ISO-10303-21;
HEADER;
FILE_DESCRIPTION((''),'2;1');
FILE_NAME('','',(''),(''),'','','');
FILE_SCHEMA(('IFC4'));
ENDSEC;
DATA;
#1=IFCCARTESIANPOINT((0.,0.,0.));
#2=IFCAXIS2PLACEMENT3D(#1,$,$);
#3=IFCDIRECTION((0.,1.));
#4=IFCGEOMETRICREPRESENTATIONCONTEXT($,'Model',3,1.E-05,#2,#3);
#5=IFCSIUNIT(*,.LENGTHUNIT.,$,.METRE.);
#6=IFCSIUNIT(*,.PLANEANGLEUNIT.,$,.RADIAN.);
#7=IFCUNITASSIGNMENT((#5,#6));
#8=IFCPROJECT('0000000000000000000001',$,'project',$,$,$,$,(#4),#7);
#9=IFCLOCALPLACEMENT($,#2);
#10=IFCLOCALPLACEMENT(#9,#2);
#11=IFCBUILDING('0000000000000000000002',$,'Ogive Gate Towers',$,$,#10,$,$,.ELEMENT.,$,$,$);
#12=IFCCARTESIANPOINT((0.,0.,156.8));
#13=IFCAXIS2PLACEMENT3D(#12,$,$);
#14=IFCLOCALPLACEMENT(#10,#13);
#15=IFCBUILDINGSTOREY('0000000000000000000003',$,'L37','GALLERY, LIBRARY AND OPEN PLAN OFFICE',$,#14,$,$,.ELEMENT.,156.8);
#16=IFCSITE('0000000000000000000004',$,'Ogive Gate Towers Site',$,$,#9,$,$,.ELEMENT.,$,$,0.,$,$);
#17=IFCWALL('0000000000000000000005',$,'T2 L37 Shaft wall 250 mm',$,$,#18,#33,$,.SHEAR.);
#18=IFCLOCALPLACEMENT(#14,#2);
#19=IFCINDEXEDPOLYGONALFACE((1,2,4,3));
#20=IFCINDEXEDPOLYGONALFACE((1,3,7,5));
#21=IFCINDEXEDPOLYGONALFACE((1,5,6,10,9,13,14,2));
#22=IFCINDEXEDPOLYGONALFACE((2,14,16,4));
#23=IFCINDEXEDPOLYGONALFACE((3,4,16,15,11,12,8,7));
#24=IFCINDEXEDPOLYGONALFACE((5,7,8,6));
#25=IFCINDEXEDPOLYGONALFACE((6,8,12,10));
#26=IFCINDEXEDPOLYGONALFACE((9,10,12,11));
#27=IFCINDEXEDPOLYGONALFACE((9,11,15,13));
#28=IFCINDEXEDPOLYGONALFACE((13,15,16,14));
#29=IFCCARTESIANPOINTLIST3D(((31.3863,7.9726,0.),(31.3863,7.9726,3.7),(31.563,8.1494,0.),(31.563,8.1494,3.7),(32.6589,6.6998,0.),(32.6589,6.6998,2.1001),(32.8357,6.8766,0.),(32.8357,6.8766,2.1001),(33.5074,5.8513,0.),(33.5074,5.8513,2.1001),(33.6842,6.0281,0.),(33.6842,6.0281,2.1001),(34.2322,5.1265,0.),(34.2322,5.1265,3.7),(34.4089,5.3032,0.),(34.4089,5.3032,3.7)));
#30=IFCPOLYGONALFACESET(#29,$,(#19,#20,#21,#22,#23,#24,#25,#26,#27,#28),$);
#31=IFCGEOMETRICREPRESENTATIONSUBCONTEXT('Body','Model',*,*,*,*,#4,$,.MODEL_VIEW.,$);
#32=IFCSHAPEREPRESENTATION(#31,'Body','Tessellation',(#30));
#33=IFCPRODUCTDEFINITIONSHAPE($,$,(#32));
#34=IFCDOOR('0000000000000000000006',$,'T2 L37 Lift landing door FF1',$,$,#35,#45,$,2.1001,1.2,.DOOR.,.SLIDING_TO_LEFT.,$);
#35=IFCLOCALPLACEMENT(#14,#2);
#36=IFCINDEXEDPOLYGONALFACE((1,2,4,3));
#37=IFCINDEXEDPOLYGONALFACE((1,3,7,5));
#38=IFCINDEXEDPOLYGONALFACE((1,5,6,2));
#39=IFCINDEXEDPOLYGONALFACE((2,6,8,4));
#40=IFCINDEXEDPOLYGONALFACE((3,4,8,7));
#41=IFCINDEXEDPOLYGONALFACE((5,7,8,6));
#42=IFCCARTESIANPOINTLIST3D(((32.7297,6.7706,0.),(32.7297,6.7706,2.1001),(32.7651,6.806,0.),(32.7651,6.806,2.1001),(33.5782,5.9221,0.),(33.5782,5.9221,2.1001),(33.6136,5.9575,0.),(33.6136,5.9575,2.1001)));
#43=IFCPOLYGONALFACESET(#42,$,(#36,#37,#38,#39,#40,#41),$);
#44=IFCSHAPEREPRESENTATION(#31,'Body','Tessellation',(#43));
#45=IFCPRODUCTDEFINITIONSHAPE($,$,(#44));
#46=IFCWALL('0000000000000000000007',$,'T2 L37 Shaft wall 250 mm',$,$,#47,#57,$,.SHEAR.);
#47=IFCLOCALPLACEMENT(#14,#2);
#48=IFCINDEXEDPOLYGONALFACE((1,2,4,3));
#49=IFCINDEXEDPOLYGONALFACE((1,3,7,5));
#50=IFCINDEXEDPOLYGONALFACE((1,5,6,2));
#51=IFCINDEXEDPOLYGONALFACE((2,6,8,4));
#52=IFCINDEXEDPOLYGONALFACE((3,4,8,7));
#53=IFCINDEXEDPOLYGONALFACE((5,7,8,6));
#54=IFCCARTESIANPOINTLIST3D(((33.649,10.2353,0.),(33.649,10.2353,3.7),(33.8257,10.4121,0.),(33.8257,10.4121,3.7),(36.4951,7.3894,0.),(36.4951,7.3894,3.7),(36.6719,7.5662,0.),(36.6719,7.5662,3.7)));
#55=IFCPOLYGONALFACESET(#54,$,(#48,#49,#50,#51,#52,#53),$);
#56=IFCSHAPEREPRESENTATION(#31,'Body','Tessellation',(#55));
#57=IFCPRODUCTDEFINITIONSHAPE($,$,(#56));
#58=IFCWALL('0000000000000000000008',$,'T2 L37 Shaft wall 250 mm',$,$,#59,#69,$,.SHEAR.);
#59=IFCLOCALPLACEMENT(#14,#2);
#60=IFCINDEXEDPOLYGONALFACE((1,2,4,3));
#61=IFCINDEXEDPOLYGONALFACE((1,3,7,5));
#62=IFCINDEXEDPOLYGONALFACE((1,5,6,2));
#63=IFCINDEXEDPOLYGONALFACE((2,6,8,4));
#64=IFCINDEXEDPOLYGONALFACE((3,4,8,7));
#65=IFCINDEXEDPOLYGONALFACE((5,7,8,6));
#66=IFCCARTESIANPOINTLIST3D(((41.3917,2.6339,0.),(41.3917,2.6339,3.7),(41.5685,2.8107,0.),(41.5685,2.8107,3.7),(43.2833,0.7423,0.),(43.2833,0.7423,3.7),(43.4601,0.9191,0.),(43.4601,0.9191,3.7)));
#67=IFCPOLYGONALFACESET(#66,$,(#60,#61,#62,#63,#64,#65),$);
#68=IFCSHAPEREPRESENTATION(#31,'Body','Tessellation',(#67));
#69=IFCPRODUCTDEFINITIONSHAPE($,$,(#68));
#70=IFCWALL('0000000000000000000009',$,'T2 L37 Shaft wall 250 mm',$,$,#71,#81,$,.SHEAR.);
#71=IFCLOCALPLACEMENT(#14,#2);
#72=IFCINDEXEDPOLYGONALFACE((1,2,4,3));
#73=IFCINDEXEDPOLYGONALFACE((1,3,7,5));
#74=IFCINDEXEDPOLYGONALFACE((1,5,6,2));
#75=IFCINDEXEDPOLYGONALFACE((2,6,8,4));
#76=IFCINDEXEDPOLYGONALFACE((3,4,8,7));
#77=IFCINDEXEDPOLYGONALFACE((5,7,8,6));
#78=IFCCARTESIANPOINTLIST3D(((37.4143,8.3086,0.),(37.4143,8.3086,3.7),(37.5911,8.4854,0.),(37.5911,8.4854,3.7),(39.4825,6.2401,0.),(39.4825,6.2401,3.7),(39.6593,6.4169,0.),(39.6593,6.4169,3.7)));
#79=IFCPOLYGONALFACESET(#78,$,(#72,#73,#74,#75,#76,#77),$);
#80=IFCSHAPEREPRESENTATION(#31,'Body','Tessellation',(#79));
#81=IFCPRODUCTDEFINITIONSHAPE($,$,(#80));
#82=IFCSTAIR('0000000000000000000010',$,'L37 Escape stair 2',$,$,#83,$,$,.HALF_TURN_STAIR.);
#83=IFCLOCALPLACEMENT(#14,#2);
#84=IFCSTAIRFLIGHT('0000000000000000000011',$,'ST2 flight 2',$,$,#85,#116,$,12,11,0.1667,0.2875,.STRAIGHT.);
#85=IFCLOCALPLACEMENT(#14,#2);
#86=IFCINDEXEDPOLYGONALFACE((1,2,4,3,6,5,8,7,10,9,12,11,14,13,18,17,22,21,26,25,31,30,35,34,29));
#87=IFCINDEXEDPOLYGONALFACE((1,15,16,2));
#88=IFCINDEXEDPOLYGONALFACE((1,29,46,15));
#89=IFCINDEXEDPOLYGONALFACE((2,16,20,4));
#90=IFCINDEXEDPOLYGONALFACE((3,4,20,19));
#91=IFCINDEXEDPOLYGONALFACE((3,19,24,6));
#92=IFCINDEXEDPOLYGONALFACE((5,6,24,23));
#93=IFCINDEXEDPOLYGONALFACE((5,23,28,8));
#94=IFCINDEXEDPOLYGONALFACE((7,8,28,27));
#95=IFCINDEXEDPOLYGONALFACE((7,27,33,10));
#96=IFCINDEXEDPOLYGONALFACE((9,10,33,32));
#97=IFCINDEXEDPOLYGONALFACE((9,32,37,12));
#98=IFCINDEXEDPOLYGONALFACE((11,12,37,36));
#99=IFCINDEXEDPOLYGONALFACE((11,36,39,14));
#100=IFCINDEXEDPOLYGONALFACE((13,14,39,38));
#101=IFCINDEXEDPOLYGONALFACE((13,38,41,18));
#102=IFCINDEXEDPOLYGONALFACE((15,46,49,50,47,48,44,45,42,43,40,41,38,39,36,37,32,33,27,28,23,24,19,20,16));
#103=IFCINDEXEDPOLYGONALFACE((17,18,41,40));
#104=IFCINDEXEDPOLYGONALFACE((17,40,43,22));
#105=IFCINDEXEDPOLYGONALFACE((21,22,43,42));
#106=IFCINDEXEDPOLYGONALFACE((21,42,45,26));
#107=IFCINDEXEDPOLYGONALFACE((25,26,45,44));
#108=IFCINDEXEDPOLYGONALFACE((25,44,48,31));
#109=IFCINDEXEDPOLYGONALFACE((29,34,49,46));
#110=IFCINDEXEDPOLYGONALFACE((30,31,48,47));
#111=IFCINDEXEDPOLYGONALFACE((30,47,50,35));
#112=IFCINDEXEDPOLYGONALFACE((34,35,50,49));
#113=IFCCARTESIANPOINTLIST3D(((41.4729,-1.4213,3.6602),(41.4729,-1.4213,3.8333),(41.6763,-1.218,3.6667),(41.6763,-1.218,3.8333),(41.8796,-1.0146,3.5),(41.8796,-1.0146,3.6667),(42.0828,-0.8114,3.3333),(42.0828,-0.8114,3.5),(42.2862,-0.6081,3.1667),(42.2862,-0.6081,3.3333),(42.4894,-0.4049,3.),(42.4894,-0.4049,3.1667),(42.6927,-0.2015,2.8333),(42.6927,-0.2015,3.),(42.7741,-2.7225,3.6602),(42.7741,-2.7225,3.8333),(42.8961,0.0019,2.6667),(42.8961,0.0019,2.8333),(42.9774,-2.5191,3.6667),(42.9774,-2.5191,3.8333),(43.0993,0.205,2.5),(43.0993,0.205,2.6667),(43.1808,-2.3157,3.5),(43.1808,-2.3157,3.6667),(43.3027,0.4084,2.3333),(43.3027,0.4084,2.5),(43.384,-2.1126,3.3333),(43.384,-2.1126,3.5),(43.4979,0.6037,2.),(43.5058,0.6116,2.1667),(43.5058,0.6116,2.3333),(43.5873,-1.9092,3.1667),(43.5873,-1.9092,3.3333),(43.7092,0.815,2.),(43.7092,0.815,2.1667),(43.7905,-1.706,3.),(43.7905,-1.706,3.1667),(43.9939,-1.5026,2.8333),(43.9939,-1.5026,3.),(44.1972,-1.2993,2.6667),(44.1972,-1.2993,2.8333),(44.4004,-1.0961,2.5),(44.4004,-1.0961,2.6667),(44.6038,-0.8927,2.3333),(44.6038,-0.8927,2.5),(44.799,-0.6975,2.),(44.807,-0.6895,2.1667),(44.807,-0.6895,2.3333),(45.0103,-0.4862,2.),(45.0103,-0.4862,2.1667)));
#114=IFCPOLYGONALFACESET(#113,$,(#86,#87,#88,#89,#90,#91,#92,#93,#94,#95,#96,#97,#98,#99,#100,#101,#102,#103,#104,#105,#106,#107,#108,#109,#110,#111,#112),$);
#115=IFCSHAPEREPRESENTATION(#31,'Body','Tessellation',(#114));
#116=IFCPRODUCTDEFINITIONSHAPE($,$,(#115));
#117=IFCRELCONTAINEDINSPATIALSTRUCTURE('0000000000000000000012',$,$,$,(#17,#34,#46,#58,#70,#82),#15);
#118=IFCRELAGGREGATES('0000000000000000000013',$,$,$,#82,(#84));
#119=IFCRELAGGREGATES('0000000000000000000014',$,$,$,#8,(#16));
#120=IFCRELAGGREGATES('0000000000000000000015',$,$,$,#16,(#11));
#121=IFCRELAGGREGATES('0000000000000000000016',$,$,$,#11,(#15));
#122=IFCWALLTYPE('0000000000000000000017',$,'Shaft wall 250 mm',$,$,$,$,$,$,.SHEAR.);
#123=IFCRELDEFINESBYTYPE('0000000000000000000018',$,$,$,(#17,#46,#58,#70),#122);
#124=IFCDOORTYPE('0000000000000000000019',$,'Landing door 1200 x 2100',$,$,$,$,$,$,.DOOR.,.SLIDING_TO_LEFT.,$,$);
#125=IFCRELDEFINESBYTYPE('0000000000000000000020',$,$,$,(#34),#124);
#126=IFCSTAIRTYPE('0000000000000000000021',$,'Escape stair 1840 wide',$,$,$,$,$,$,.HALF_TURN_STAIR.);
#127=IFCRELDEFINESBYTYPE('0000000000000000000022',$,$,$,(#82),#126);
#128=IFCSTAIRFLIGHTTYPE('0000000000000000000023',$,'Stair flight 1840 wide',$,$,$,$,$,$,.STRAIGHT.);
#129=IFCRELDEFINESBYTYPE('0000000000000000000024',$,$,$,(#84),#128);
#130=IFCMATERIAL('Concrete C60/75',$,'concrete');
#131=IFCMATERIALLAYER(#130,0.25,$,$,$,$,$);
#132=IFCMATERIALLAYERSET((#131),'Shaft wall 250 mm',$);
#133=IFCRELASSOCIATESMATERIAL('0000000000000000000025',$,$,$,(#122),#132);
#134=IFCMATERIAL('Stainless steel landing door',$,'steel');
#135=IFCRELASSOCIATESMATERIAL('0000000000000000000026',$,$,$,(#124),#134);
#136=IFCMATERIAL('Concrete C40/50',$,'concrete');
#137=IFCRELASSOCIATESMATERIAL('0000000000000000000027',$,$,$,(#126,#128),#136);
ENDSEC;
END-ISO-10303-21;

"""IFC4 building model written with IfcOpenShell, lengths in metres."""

from ifc_helpers import new_model, si_unit, direction, frame, frame_2d, origin, place, context, subcontext, project, spatial, polyline, rectangle, outline, extrude, material, layer, layer_set, type_object, element, fill, aggregate, save


model = new_model("IFC4")

# Units and contexts
model_context = context("Model", 3, precision=1e-05, world=origin(), true_north=direction((0.0, 1.0)))
body_context = subcontext(model_context, "Body", "Model", "MODEL_VIEW")
ifc_project = project(units=[si_unit("LENGTHUNIT", "METRE"), si_unit("PLANEANGLEUNIT", "RADIAN")], contexts=[model_context])

# Site, building, storey
site_placement = place(None, origin())
site = spatial("IfcSite", under=ifc_project, at=site_placement, Name="Ogive Gate Towers Site", CompositionType="ELEMENT", RefElevation=0.0)
building_placement = place(site_placement, origin())
building = spatial("IfcBuilding", under=site, at=building_placement, Name="Ogive Gate Towers", CompositionType="ELEMENT")
storey_placement = place(building_placement, frame((0.0, 0.0, 156.8)))
storey = spatial("IfcBuildingStorey", under=building, at=storey_placement, Name="L37", Description="GALLERY, LIBRARY AND OPEN PLAN OFFICE", CompositionType="ELEMENT", Elevation=156.8)

# Shared definitions
ifc_material_1 = material(Name="Concrete C60/75", Category="concrete")
ifc_layer_1 = layer(ifc_material_1, 0.25)
ifc_layer_set_1 = layer_set([ifc_layer_1], Name="Shaft wall 250 mm")
wall_type_1 = type_object("IfcWallType", Name="Shaft wall 250 mm", PredefinedType="SHEAR", material=ifc_layer_set_1)

# Wall, opening, door
wall_1_placement = place(storey_placement, frame((34.3206, 5.2148, 0.0), z_axis=(0.0, 0.0, 1.0), x_axis=(-0.707076, 0.707137, 0.0)))
wall_1 = element("IfcWall", 1, at=wall_1_placement, inside=storey, type_object=wall_type_1, Name="T2 L37 Shaft wall 250 mm", PredefinedType="SHEAR", context=body_context, shape_type="SweptSolid", body=[
    extrude(rectangle(XDim=4.0249, YDim=0.25, at=frame_2d((2.0125, 0.0))), origin(), (0.0, 0.0, 1.0), 3.7),
])
opening_1_placement = place(wall_1_placement, frame((1.0249, 0.0, 0.0)))
opening_1 = element("IfcOpeningElement", 2, at=opening_1_placement, cuts=wall_1, PredefinedType="OPENING", context=body_context, shape_type="SweptSolid", body=[
    extrude(rectangle(XDim=1.2, YDim=2.1001, at=frame_2d((0.6001, 1.05))), frame((0.0, 0.135, 0.0), z_axis=(0.0, -1.0, 0.0), x_axis=(1.0, 0.0, 0.0)), (0.0, 0.0, 1.0), 0.27),
])
ifc_material_2 = material(Name="Stainless steel landing door", Category="steel")
door_type_1 = type_object("IfcDoorType", Name="Landing door 1200 x 2100", OperationType="SLIDING_TO_LEFT", PredefinedType="DOOR", material=ifc_material_2)
door_1_placement = place(opening_1_placement, origin())
door_1 = element("IfcDoor", 3, at=door_1_placement, inside=storey, type_object=door_type_1, Name="T2 L37 Lift landing door FF1", OperationType="SLIDING_TO_LEFT", OverallHeight=2.1001, OverallWidth=1.2, PredefinedType="DOOR", context=body_context, shape_type="SweptSolid", body=[
    extrude(rectangle(XDim=1.2, YDim=2.1001, at=frame_2d((0.6001, 1.05))), frame((0.0, 0.0249, 0.0), z_axis=(0.0, -1.0, 0.0), x_axis=(1.0, 0.0, 0.0)), (0.0, 0.0, 1.0), 0.05),
])
fill(opening_1, door_1)

# Walls
wall_2_placement = place(storey_placement, frame((36.5835, 7.4778, 0.0), z_axis=(0.0, 0.0, 1.0), x_axis=(-0.707137, 0.707076, 0.0)))
element("IfcWall", 4, at=wall_2_placement, inside=storey, type_object=wall_type_1, Name="T2 L37 Shaft wall 250 mm", PredefinedType="SHEAR", context=body_context, shape_type="SweptSolid", body=[
    extrude(rectangle(XDim=4.0249, YDim=0.25, at=frame_2d((2.0125, 0.0))), origin(), (0.0, 0.0, 1.0), 3.7),
])
wall_3_placement = place(storey_placement, frame((43.3716, 0.8308, 0.0), z_axis=(0.0, 0.0, 1.0), x_axis=(-0.707107, 0.707107, 0.0)))
element("IfcWall", 5, at=wall_3_placement, inside=storey, type_object=wall_type_1, Name="T2 L37 Shaft wall 250 mm", PredefinedType="SHEAR", context=body_context, shape_type="SweptSolid", body=[
    extrude(rectangle(XDim=2.675, YDim=0.25, at=frame_2d((1.3374, 0.0))), origin(), (0.0, 0.0, 1.0), 3.7),
])
wall_4_placement = place(storey_placement, frame((39.5708, 6.3286, 0.0), z_axis=(0.0, 0.0, 1.0), x_axis=(-0.707065, 0.707149, 0.0)))
element("IfcWall", 6, at=wall_4_placement, inside=storey, type_object=wall_type_1, Name="T2 L37 Shaft wall 250 mm", PredefinedType="SHEAR", context=body_context, shape_type="SweptSolid", body=[
    extrude(rectangle(XDim=2.925, YDim=0.25, at=frame_2d((1.4624, 0.0))), origin(), (0.0, 0.0, 1.0), 3.7),
])

# Stair, stair flight
ifc_material_3 = material(Name="Concrete C40/50", Category="concrete")
stair_type = type_object("IfcStairType", Name="Escape stair 1840 wide", PredefinedType="HALF_TURN_STAIR", material=ifc_material_3)
stair_placement = place(storey_placement, origin())
stair = element("IfcStair", 7, at=stair_placement, inside=storey, type_object=stair_type, Name="L37 Escape stair 2", PredefinedType="HALF_TURN_STAIR")
stair_flight_type = type_object("IfcStairFlightType", Name="Stair flight 1840 wide", PredefinedType="STRAIGHT", material=ifc_material_3)
stair_flight_placement = place(storey_placement, frame((44.3599, 0.1643, 2.0), z_axis=(0.0, 0.0, 1.0), x_axis=(-0.707107, -0.707107, 0.0)))
stair_flight = element("IfcStairFlight", 8, at=stair_flight_placement, type_object=stair_flight_type, Name="ST2 flight 2", NumberOfRisers=12, NumberOfTreads=11, PredefinedType="STRAIGHT", RiserHeight=0.1667, TreadLength=0.2875, context=body_context, shape_type="SweptSolid", body=[
    extrude(outline(polyline([(0.0, 0.0), (0.0, 0.1667), (0.2876, 0.1667), (0.2876, 0.3333), (0.575, 0.3333), (0.575, 0.5), (0.8625, 0.5), (0.8625, 0.6667), (1.1499, 0.6667), (1.1499, 0.8333), (1.4375, 0.8333), (1.4375, 1.0), (1.7251, 1.0), (1.7251, 1.1667), (2.0125, 1.1667), (2.0125, 1.3333), (2.3, 1.3333), (2.3, 1.5), (2.5874, 1.5), (2.5874, 1.6667), (2.875, 1.6667), (2.875, 1.8333), (3.1626, 1.8333), (3.1626, 2.0), (3.1626, 1.6602), (0.2988, 0.0), (0.0, 0.0)])), frame((0.0, 0.9199, 0.0), z_axis=(0.0, -1.0, 0.0), x_axis=(1.0, 0.0, 0.0)), (0.0, 0.0, 1.0), 1.8401),
])
aggregate(stair, [stair_flight])

save(model, "model.ifc")
